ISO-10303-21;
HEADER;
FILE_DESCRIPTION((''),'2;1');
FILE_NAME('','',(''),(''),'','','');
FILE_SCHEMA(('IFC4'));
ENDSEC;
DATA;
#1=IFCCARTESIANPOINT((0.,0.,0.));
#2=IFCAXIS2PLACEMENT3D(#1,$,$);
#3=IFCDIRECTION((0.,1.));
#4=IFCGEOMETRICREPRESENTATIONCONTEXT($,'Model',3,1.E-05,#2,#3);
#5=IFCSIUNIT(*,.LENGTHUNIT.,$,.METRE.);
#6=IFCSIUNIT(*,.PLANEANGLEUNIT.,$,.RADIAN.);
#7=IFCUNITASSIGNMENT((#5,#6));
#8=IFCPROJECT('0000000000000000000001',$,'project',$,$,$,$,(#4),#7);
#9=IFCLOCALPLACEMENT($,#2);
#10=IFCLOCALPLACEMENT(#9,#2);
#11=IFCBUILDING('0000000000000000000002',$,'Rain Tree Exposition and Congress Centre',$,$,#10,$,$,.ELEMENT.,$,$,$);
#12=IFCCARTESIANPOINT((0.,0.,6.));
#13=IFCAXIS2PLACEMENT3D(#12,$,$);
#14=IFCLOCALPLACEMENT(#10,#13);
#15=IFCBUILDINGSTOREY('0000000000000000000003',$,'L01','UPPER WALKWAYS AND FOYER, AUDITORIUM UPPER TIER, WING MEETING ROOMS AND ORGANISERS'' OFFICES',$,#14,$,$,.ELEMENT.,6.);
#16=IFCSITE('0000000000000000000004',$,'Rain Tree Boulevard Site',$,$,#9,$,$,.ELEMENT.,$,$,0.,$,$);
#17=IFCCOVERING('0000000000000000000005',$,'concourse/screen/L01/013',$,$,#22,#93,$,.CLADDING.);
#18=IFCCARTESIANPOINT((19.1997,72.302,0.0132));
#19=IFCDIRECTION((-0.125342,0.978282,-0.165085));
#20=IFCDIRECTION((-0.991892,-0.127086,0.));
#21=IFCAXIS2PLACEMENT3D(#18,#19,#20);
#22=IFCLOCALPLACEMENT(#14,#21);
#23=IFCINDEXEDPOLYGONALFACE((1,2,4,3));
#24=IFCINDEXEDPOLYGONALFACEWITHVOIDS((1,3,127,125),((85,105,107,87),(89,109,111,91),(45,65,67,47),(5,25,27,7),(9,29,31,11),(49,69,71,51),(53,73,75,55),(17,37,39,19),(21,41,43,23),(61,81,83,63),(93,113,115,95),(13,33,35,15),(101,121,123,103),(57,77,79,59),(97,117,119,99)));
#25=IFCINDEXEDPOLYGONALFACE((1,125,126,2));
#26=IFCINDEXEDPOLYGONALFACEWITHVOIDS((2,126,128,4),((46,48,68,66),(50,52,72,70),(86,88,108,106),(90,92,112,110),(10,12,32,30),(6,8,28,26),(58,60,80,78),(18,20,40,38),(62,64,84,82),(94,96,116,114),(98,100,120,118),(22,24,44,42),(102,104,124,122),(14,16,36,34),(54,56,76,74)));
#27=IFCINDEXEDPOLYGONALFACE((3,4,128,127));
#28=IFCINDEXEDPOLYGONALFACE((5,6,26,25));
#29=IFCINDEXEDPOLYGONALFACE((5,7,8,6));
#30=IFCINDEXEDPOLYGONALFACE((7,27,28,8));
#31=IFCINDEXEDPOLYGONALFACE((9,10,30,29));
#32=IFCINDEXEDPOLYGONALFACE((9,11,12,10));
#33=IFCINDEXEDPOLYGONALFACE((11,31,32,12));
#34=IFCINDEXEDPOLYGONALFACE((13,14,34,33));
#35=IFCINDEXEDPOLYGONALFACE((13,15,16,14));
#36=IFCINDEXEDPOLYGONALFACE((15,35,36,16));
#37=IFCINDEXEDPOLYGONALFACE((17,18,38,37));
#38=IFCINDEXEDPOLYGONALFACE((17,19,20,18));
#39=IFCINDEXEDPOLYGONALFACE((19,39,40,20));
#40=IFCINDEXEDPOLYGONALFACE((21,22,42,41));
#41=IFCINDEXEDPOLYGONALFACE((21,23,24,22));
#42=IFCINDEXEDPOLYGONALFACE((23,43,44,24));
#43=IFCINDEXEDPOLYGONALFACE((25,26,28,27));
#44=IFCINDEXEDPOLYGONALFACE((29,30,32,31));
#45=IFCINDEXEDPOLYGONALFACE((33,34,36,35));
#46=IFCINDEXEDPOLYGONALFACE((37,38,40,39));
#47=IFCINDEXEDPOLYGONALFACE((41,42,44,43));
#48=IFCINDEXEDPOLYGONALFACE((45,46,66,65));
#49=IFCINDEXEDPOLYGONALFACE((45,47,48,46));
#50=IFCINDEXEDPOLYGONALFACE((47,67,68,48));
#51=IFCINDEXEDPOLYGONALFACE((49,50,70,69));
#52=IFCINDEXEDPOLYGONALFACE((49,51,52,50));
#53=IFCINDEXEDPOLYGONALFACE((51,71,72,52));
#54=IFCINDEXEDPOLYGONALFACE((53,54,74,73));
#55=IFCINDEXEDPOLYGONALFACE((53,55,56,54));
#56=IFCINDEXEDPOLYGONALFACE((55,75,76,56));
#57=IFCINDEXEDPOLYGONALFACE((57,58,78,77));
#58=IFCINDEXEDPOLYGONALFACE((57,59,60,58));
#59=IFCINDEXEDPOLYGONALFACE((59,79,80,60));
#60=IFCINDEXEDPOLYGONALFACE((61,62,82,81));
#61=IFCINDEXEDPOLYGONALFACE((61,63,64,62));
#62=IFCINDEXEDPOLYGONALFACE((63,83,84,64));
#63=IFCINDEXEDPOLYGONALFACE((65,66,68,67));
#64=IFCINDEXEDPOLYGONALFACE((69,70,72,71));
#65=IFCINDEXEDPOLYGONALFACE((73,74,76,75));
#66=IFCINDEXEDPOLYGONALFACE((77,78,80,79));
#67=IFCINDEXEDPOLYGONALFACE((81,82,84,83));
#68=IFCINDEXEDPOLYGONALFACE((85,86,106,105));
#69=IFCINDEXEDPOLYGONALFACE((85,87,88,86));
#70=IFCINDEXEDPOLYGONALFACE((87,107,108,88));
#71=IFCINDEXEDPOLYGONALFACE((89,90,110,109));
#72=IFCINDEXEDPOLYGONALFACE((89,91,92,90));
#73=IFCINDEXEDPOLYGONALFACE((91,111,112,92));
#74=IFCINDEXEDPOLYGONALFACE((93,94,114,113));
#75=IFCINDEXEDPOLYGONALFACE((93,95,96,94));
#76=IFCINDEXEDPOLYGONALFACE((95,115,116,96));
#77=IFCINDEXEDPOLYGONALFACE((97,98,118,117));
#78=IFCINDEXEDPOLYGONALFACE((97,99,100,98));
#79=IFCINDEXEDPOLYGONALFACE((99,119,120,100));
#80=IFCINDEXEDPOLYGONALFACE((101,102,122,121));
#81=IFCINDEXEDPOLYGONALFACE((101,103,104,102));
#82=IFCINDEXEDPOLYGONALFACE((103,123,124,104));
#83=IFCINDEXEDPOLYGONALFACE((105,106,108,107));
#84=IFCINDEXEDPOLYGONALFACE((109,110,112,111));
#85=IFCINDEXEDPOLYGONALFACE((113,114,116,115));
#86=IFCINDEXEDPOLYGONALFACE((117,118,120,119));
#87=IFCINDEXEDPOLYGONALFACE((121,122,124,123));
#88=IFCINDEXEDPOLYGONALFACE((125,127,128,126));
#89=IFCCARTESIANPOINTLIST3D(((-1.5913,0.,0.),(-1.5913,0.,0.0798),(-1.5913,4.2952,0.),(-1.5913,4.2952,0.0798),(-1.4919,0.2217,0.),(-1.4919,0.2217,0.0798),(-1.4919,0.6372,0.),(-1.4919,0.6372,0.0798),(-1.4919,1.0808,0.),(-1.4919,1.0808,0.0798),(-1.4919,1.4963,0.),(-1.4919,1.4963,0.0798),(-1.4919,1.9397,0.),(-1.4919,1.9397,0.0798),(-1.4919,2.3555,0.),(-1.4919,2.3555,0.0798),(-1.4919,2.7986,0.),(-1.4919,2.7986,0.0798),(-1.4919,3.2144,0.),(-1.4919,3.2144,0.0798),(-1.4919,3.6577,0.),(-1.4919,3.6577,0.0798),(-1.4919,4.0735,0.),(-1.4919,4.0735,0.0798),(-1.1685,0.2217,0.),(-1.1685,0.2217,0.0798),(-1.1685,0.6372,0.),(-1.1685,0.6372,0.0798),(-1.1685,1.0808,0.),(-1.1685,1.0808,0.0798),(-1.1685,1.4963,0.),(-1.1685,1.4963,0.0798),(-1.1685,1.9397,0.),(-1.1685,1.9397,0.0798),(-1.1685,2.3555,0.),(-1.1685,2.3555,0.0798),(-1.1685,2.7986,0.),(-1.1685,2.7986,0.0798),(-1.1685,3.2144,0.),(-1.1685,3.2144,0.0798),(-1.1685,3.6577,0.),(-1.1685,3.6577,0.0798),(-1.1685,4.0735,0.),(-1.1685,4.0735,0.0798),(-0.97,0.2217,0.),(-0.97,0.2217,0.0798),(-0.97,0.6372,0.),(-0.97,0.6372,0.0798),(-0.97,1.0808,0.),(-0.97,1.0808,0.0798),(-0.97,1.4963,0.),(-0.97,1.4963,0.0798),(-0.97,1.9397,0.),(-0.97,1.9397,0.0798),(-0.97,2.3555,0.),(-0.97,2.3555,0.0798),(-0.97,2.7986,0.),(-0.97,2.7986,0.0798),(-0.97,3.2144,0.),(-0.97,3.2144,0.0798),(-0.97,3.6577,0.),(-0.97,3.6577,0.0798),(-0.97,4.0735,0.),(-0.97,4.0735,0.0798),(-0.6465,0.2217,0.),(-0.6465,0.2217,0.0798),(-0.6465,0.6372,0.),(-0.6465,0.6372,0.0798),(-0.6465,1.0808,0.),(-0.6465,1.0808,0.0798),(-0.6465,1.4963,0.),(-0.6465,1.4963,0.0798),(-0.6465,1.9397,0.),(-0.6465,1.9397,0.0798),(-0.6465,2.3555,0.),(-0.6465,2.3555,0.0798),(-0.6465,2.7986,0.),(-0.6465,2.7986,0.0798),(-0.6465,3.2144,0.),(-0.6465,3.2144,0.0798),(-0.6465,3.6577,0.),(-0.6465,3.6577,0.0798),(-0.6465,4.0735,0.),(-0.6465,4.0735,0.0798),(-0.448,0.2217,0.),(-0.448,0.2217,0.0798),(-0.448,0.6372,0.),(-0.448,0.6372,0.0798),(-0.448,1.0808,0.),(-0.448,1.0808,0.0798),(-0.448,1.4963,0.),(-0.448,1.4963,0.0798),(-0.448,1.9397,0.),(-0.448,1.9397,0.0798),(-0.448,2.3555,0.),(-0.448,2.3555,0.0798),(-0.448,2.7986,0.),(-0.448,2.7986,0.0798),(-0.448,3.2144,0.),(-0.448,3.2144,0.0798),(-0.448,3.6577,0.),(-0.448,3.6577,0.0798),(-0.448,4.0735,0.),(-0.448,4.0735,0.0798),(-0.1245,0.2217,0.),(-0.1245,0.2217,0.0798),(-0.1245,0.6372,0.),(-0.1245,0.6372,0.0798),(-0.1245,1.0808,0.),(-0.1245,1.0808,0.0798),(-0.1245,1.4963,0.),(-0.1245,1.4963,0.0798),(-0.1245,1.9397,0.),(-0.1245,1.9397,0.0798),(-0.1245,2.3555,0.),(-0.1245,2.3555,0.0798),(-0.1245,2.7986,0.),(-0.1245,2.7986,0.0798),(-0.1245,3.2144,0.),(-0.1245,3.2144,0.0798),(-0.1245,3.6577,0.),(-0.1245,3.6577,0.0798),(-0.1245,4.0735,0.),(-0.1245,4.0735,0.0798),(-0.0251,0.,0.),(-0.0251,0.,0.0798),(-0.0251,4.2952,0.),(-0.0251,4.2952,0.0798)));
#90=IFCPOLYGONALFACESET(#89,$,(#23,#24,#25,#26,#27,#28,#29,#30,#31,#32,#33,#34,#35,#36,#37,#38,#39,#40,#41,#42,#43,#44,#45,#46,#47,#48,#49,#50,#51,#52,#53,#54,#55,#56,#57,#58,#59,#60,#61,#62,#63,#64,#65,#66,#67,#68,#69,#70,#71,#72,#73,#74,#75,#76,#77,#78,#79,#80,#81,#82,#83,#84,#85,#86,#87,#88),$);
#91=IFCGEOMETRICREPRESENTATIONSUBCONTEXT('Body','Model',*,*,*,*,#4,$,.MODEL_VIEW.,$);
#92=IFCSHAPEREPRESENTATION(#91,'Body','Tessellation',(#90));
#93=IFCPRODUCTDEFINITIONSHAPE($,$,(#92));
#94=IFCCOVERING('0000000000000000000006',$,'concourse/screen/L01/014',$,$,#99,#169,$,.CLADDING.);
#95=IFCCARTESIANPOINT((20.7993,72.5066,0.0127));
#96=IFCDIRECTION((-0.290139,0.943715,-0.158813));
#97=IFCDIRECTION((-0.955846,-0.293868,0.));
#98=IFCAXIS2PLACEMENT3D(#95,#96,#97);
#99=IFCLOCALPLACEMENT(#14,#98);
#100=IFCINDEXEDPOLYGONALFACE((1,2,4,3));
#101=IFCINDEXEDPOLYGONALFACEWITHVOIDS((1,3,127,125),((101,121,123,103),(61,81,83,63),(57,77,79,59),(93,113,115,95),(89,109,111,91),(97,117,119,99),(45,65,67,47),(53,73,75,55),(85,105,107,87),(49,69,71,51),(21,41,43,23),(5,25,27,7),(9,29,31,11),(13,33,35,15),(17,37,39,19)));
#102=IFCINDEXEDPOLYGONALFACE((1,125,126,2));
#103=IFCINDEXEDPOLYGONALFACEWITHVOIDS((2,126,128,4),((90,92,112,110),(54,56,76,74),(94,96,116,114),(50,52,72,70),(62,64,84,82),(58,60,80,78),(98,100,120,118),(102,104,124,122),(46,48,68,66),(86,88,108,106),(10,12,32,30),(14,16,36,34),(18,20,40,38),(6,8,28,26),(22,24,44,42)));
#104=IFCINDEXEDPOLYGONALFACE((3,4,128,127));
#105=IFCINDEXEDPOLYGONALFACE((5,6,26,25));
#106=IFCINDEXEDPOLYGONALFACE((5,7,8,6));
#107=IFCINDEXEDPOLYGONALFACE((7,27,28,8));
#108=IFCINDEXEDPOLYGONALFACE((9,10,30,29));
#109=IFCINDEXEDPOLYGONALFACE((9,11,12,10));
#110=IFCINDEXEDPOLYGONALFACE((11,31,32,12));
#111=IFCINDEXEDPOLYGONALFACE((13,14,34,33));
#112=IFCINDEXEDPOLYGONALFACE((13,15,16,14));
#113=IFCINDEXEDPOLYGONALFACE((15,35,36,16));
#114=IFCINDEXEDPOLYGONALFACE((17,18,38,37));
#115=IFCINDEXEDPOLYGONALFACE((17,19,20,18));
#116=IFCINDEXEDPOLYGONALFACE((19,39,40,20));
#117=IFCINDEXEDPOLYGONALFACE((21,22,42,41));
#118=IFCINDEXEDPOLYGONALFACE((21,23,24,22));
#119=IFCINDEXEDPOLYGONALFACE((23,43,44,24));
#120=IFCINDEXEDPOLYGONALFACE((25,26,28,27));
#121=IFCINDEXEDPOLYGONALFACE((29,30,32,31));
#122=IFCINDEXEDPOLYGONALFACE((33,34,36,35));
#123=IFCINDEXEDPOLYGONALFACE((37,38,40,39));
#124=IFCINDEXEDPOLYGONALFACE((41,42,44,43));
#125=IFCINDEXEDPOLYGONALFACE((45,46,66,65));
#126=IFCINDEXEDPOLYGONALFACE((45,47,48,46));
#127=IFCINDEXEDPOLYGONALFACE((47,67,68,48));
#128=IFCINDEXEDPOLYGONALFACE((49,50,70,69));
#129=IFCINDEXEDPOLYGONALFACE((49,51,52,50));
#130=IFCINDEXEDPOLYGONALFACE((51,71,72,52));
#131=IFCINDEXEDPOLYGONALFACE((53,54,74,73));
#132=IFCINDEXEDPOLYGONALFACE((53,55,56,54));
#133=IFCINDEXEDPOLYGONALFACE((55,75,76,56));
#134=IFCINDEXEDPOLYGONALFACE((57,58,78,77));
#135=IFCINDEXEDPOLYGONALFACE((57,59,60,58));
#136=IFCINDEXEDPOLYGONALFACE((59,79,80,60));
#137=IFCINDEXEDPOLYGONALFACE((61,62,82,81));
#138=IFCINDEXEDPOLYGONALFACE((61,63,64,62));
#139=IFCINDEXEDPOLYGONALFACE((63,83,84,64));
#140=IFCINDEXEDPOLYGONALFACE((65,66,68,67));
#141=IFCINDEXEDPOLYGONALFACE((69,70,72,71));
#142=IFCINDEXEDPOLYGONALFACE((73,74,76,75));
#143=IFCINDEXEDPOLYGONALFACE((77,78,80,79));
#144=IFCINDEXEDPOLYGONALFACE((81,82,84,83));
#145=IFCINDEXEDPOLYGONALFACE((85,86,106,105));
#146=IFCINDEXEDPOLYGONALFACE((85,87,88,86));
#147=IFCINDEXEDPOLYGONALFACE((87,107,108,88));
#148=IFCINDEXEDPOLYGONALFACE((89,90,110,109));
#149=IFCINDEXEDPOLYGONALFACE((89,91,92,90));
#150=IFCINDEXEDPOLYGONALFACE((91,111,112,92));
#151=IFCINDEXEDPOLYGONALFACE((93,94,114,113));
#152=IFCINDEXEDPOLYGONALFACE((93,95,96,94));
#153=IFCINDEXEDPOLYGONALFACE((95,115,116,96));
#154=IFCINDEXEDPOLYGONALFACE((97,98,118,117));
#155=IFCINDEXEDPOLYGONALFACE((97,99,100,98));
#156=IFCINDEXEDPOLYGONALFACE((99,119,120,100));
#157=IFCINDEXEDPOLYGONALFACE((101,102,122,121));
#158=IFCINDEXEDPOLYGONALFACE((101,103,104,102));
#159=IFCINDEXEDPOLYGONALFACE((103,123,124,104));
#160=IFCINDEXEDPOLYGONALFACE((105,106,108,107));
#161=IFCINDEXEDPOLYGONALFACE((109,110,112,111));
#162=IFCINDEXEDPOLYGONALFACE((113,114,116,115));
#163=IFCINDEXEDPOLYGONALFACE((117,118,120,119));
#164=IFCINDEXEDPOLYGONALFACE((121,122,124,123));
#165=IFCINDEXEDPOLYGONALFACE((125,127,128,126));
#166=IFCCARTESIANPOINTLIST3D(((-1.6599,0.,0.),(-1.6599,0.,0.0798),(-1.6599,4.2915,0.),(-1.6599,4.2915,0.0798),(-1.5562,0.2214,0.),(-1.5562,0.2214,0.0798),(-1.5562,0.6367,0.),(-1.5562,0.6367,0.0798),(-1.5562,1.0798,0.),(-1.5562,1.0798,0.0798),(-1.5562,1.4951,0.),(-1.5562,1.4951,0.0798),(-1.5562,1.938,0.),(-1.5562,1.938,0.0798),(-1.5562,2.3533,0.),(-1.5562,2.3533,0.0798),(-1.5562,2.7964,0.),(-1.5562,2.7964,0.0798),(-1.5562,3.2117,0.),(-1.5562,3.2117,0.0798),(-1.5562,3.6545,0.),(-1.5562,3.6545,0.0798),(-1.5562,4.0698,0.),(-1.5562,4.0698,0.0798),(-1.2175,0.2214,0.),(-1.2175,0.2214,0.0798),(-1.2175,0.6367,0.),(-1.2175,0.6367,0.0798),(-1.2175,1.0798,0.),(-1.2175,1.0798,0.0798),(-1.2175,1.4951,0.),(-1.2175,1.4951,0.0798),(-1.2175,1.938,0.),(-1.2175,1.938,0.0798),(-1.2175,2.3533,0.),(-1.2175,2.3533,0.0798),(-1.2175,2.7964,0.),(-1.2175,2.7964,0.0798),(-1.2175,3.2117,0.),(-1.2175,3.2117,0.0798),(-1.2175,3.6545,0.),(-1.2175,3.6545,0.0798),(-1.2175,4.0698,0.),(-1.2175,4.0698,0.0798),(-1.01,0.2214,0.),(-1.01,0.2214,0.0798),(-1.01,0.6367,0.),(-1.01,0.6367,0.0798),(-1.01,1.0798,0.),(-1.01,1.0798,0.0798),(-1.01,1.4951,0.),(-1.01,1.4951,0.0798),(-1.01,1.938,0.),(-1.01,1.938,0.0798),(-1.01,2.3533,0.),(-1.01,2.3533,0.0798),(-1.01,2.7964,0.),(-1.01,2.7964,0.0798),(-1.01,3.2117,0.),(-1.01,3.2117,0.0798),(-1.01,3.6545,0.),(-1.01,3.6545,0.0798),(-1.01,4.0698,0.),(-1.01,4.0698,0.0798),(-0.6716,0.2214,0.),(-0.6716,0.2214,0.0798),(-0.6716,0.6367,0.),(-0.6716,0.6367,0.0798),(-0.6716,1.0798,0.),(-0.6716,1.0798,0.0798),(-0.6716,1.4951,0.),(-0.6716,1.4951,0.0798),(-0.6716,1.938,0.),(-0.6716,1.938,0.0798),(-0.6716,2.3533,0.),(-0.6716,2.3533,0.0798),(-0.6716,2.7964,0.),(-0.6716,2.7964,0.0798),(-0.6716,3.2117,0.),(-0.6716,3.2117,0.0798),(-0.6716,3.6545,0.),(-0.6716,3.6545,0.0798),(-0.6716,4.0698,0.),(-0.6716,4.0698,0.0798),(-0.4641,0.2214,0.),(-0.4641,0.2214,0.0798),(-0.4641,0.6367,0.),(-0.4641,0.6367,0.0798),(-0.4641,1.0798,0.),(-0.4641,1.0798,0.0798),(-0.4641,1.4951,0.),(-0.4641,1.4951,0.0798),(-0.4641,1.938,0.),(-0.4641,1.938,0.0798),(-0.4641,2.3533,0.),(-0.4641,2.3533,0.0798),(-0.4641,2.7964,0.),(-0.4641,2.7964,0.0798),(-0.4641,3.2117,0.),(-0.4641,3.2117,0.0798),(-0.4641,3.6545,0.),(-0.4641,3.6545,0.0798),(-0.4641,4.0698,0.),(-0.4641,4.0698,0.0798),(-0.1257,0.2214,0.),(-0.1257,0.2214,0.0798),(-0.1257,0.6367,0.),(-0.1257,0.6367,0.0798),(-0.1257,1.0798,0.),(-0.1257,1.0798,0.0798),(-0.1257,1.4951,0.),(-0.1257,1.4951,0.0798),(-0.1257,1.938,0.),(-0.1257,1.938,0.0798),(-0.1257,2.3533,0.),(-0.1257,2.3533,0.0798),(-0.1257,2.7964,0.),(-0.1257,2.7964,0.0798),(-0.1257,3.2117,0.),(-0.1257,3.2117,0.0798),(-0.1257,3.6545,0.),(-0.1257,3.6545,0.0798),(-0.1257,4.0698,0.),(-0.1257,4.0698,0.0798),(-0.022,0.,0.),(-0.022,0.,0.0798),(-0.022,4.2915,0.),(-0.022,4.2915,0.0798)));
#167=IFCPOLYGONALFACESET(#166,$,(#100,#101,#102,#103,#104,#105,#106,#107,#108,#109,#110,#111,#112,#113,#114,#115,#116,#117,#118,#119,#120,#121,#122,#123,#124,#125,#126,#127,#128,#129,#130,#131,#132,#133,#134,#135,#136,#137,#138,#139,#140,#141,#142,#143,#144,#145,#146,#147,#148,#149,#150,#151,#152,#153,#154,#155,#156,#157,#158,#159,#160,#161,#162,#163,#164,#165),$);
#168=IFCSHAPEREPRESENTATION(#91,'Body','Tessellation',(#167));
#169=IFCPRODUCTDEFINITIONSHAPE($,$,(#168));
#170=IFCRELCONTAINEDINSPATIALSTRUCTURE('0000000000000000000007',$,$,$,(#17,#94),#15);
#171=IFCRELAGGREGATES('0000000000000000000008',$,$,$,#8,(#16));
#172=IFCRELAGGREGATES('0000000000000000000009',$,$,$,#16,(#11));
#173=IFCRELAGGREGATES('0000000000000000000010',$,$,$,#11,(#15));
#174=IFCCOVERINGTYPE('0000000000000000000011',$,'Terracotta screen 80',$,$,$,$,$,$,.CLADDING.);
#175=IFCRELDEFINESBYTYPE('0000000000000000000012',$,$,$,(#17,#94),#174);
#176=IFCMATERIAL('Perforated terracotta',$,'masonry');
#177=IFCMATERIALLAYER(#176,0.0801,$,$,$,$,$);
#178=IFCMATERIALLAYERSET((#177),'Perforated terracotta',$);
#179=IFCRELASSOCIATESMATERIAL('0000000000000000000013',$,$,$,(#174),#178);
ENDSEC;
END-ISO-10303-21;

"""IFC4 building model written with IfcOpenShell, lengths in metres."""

from ifc_helpers import new_model, si_unit, direction, frame, origin, place, context, subcontext, project, spatial, polyline, outline, extrude, material, layer, layer_set, type_object, element, save


model = new_model("IFC4")

# Units and contexts
model_context = context("Model", 3, precision=1e-05, world=origin(), true_north=direction((0.0, 1.0)))
body_context = subcontext(model_context, "Body", "Model", "MODEL_VIEW")
ifc_project = project(units=[si_unit("LENGTHUNIT", "METRE"), si_unit("PLANEANGLEUNIT", "RADIAN")], contexts=[model_context])

# Site, building, storey
site_placement = place(None, origin())
site = spatial("IfcSite", under=ifc_project, at=site_placement, Name="Rain Tree Boulevard Site", CompositionType="ELEMENT", RefElevation=0.0)
building_placement = place(site_placement, origin())
building = spatial("IfcBuilding", under=site, at=building_placement, Name="Rain Tree Exposition and Congress Centre", CompositionType="ELEMENT")
storey_placement = place(building_placement, frame((0.0, 0.0, 6.0)))
storey = spatial("IfcBuildingStorey", under=building, at=storey_placement, Name="L01", Description="UPPER WALKWAYS AND FOYER, AUDITORIUM UPPER TIER, WING MEETING ROOMS AND ORGANISERS' OFFICES", CompositionType="ELEMENT", Elevation=6.0)

# Coverings
ifc_material_1 = material(Name="Perforated terracotta", Category="masonry")
ifc_layer_1 = layer(ifc_material_1, 0.0801)
ifc_layer_set_1 = layer_set([ifc_layer_1], Name="Perforated terracotta")
covering_type = type_object("IfcCoveringType", Name="Terracotta screen 80", PredefinedType="CLADDING", material=ifc_layer_set_1)
covering_1_placement = place(storey_placement, frame((19.1997, 72.302, 0.0132), z_axis=(-0.125342, 0.978282, -0.165085), x_axis=(-0.991892, -0.127086, 0.0)))
element("IfcCovering", 1, at=covering_1_placement, inside=storey, type_object=covering_type, Name="concourse/screen/L01/013", PredefinedType="CLADDING", context=body_context, shape_type="SweptSolid", body=[
    extrude(outline(polyline([(-1.5913, 0.0), (-1.5913, 4.2952), (-0.0251, 4.2952), (-0.0251, 0.0), (-1.5913, 0.0)]), holes=[polyline([(-0.1245, 0.2217), (-0.1245, 0.6372), (-0.448, 0.6372), (-0.448, 0.2217), (-0.1245, 0.2217)]), polyline([(-0.1245, 1.0808), (-0.1245, 1.4963), (-0.448, 1.4963), (-0.448, 1.0808), (-0.1245, 1.0808)]), polyline([(-0.1245, 1.9397), (-0.1245, 2.3555), (-0.448, 2.3555), (-0.448, 1.9397), (-0.1245, 1.9397)]), polyline([(-0.1245, 2.7986), (-0.1245, 3.2144), (-0.448, 3.2144), (-0.448, 2.7986), (-0.1245, 2.7986)]), polyline([(-0.1245, 3.6577), (-0.1245, 4.0735), (-0.448, 4.0735), (-0.448, 3.6577), (-0.1245, 3.6577)]), polyline([(-0.6465, 0.2217), (-0.6465, 0.6372), (-0.97, 0.6372), (-0.97, 0.2217), (-0.6465, 0.2217)]), polyline([(-0.6465, 1.0808), (-0.6465, 1.4963), (-0.97, 1.4963), (-0.97, 1.0808), (-0.6465, 1.0808)]), polyline([(-0.6465, 1.9397), (-0.6465, 2.3555), (-0.97, 2.3555), (-0.97, 1.9397), (-0.6465, 1.9397)]), polyline([(-0.6465, 2.7986), (-0.6465, 3.2144), (-0.97, 3.2144), (-0.97, 2.7986), (-0.6465, 2.7986)]), polyline([(-0.6465, 3.6577), (-0.6465, 4.0735), (-0.97, 4.0735), (-0.97, 3.6577), (-0.6465, 3.6577)]), polyline([(-1.1685, 0.2217), (-1.1685, 0.6372), (-1.4919, 0.6372), (-1.4919, 0.2217), (-1.1685, 0.2217)]), polyline([(-1.1685, 1.0808), (-1.1685, 1.4963), (-1.4919, 1.4963), (-1.4919, 1.0808), (-1.1685, 1.0808)]), polyline([(-1.1685, 1.9397), (-1.1685, 2.3555), (-1.4919, 2.3555), (-1.4919, 1.9397), (-1.1685, 1.9397)]), polyline([(-1.1685, 2.7986), (-1.1685, 3.2144), (-1.4919, 3.2144), (-1.4919, 2.7986), (-1.1685, 2.7986)]), polyline([(-1.1685, 3.6577), (-1.1685, 4.0735), (-1.4919, 4.0735), (-1.4919, 3.6577), (-1.1685, 3.6577)])]), origin(), (0.0, 0.0, 1.0), 0.0798),
])
covering_2_placement = place(storey_placement, frame((20.7993, 72.5066, 0.0127), z_axis=(-0.290139, 0.943715, -0.158813), x_axis=(-0.955846, -0.293868, 0.0)))
element("IfcCovering", 2, at=covering_2_placement, inside=storey, type_object=covering_type, Name="concourse/screen/L01/014", PredefinedType="CLADDING", context=body_context, shape_type="SweptSolid", body=[
    extrude(outline(polyline([(-1.6599, 0.0), (-1.6599, 4.2915), (-0.022, 4.2915), (-0.022, 0.0), (-1.6599, 0.0)]), holes=[polyline([(-0.1257, 0.2214), (-0.1257, 0.6367), (-0.4641, 0.6367), (-0.4641, 0.2214), (-0.1257, 0.2214)]), polyline([(-0.1257, 1.0798), (-0.1257, 1.4951), (-0.4641, 1.4951), (-0.4641, 1.0798), (-0.1257, 1.0798)]), polyline([(-0.1257, 1.938), (-0.1257, 2.3533), (-0.4641, 2.3533), (-0.4641, 1.938), (-0.1257, 1.938)]), polyline([(-0.1257, 2.7964), (-0.1257, 3.2117), (-0.4641, 3.2117), (-0.4641, 2.7964), (-0.1257, 2.7964)]), polyline([(-0.1257, 3.6545), (-0.1257, 4.0698), (-0.4641, 4.0698), (-0.4641, 3.6545), (-0.1257, 3.6545)]), polyline([(-0.6716, 0.2214), (-0.6716, 0.6367), (-1.01, 0.6367), (-1.01, 0.2214), (-0.6716, 0.2214)]), polyline([(-0.6716, 1.0798), (-0.6716, 1.4951), (-1.01, 1.4951), (-1.01, 1.0798), (-0.6716, 1.0798)]), polyline([(-0.6716, 1.938), (-0.6716, 2.3533), (-1.01, 2.3533), (-1.01, 1.938), (-0.6716, 1.938)]), polyline([(-0.6716, 2.7964), (-0.6716, 3.2117), (-1.01, 3.2117), (-1.01, 2.7964), (-0.6716, 2.7964)]), polyline([(-0.6716, 3.6545), (-0.6716, 4.0698), (-1.01, 4.0698), (-1.01, 3.6545), (-0.6716, 3.6545)]), polyline([(-1.2175, 0.2214), (-1.2175, 0.6367), (-1.5562, 0.6367), (-1.5562, 0.2214), (-1.2175, 0.2214)]), polyline([(-1.2175, 1.0798), (-1.2175, 1.4951), (-1.5562, 1.4951), (-1.5562, 1.0798), (-1.2175, 1.0798)]), polyline([(-1.2175, 1.938), (-1.2175, 2.3533), (-1.5562, 2.3533), (-1.5562, 1.938), (-1.2175, 1.938)]), polyline([(-1.2175, 2.7964), (-1.2175, 3.2117), (-1.5562, 3.2117), (-1.5562, 2.7964), (-1.2175, 2.7964)]), polyline([(-1.2175, 3.6545), (-1.2175, 4.0698), (-1.5562, 4.0698), (-1.5562, 3.6545), (-1.2175, 3.6545)])]), origin(), (0.0, 0.0, 1.0), 0.0798),
])

save(model, "model.ifc")
